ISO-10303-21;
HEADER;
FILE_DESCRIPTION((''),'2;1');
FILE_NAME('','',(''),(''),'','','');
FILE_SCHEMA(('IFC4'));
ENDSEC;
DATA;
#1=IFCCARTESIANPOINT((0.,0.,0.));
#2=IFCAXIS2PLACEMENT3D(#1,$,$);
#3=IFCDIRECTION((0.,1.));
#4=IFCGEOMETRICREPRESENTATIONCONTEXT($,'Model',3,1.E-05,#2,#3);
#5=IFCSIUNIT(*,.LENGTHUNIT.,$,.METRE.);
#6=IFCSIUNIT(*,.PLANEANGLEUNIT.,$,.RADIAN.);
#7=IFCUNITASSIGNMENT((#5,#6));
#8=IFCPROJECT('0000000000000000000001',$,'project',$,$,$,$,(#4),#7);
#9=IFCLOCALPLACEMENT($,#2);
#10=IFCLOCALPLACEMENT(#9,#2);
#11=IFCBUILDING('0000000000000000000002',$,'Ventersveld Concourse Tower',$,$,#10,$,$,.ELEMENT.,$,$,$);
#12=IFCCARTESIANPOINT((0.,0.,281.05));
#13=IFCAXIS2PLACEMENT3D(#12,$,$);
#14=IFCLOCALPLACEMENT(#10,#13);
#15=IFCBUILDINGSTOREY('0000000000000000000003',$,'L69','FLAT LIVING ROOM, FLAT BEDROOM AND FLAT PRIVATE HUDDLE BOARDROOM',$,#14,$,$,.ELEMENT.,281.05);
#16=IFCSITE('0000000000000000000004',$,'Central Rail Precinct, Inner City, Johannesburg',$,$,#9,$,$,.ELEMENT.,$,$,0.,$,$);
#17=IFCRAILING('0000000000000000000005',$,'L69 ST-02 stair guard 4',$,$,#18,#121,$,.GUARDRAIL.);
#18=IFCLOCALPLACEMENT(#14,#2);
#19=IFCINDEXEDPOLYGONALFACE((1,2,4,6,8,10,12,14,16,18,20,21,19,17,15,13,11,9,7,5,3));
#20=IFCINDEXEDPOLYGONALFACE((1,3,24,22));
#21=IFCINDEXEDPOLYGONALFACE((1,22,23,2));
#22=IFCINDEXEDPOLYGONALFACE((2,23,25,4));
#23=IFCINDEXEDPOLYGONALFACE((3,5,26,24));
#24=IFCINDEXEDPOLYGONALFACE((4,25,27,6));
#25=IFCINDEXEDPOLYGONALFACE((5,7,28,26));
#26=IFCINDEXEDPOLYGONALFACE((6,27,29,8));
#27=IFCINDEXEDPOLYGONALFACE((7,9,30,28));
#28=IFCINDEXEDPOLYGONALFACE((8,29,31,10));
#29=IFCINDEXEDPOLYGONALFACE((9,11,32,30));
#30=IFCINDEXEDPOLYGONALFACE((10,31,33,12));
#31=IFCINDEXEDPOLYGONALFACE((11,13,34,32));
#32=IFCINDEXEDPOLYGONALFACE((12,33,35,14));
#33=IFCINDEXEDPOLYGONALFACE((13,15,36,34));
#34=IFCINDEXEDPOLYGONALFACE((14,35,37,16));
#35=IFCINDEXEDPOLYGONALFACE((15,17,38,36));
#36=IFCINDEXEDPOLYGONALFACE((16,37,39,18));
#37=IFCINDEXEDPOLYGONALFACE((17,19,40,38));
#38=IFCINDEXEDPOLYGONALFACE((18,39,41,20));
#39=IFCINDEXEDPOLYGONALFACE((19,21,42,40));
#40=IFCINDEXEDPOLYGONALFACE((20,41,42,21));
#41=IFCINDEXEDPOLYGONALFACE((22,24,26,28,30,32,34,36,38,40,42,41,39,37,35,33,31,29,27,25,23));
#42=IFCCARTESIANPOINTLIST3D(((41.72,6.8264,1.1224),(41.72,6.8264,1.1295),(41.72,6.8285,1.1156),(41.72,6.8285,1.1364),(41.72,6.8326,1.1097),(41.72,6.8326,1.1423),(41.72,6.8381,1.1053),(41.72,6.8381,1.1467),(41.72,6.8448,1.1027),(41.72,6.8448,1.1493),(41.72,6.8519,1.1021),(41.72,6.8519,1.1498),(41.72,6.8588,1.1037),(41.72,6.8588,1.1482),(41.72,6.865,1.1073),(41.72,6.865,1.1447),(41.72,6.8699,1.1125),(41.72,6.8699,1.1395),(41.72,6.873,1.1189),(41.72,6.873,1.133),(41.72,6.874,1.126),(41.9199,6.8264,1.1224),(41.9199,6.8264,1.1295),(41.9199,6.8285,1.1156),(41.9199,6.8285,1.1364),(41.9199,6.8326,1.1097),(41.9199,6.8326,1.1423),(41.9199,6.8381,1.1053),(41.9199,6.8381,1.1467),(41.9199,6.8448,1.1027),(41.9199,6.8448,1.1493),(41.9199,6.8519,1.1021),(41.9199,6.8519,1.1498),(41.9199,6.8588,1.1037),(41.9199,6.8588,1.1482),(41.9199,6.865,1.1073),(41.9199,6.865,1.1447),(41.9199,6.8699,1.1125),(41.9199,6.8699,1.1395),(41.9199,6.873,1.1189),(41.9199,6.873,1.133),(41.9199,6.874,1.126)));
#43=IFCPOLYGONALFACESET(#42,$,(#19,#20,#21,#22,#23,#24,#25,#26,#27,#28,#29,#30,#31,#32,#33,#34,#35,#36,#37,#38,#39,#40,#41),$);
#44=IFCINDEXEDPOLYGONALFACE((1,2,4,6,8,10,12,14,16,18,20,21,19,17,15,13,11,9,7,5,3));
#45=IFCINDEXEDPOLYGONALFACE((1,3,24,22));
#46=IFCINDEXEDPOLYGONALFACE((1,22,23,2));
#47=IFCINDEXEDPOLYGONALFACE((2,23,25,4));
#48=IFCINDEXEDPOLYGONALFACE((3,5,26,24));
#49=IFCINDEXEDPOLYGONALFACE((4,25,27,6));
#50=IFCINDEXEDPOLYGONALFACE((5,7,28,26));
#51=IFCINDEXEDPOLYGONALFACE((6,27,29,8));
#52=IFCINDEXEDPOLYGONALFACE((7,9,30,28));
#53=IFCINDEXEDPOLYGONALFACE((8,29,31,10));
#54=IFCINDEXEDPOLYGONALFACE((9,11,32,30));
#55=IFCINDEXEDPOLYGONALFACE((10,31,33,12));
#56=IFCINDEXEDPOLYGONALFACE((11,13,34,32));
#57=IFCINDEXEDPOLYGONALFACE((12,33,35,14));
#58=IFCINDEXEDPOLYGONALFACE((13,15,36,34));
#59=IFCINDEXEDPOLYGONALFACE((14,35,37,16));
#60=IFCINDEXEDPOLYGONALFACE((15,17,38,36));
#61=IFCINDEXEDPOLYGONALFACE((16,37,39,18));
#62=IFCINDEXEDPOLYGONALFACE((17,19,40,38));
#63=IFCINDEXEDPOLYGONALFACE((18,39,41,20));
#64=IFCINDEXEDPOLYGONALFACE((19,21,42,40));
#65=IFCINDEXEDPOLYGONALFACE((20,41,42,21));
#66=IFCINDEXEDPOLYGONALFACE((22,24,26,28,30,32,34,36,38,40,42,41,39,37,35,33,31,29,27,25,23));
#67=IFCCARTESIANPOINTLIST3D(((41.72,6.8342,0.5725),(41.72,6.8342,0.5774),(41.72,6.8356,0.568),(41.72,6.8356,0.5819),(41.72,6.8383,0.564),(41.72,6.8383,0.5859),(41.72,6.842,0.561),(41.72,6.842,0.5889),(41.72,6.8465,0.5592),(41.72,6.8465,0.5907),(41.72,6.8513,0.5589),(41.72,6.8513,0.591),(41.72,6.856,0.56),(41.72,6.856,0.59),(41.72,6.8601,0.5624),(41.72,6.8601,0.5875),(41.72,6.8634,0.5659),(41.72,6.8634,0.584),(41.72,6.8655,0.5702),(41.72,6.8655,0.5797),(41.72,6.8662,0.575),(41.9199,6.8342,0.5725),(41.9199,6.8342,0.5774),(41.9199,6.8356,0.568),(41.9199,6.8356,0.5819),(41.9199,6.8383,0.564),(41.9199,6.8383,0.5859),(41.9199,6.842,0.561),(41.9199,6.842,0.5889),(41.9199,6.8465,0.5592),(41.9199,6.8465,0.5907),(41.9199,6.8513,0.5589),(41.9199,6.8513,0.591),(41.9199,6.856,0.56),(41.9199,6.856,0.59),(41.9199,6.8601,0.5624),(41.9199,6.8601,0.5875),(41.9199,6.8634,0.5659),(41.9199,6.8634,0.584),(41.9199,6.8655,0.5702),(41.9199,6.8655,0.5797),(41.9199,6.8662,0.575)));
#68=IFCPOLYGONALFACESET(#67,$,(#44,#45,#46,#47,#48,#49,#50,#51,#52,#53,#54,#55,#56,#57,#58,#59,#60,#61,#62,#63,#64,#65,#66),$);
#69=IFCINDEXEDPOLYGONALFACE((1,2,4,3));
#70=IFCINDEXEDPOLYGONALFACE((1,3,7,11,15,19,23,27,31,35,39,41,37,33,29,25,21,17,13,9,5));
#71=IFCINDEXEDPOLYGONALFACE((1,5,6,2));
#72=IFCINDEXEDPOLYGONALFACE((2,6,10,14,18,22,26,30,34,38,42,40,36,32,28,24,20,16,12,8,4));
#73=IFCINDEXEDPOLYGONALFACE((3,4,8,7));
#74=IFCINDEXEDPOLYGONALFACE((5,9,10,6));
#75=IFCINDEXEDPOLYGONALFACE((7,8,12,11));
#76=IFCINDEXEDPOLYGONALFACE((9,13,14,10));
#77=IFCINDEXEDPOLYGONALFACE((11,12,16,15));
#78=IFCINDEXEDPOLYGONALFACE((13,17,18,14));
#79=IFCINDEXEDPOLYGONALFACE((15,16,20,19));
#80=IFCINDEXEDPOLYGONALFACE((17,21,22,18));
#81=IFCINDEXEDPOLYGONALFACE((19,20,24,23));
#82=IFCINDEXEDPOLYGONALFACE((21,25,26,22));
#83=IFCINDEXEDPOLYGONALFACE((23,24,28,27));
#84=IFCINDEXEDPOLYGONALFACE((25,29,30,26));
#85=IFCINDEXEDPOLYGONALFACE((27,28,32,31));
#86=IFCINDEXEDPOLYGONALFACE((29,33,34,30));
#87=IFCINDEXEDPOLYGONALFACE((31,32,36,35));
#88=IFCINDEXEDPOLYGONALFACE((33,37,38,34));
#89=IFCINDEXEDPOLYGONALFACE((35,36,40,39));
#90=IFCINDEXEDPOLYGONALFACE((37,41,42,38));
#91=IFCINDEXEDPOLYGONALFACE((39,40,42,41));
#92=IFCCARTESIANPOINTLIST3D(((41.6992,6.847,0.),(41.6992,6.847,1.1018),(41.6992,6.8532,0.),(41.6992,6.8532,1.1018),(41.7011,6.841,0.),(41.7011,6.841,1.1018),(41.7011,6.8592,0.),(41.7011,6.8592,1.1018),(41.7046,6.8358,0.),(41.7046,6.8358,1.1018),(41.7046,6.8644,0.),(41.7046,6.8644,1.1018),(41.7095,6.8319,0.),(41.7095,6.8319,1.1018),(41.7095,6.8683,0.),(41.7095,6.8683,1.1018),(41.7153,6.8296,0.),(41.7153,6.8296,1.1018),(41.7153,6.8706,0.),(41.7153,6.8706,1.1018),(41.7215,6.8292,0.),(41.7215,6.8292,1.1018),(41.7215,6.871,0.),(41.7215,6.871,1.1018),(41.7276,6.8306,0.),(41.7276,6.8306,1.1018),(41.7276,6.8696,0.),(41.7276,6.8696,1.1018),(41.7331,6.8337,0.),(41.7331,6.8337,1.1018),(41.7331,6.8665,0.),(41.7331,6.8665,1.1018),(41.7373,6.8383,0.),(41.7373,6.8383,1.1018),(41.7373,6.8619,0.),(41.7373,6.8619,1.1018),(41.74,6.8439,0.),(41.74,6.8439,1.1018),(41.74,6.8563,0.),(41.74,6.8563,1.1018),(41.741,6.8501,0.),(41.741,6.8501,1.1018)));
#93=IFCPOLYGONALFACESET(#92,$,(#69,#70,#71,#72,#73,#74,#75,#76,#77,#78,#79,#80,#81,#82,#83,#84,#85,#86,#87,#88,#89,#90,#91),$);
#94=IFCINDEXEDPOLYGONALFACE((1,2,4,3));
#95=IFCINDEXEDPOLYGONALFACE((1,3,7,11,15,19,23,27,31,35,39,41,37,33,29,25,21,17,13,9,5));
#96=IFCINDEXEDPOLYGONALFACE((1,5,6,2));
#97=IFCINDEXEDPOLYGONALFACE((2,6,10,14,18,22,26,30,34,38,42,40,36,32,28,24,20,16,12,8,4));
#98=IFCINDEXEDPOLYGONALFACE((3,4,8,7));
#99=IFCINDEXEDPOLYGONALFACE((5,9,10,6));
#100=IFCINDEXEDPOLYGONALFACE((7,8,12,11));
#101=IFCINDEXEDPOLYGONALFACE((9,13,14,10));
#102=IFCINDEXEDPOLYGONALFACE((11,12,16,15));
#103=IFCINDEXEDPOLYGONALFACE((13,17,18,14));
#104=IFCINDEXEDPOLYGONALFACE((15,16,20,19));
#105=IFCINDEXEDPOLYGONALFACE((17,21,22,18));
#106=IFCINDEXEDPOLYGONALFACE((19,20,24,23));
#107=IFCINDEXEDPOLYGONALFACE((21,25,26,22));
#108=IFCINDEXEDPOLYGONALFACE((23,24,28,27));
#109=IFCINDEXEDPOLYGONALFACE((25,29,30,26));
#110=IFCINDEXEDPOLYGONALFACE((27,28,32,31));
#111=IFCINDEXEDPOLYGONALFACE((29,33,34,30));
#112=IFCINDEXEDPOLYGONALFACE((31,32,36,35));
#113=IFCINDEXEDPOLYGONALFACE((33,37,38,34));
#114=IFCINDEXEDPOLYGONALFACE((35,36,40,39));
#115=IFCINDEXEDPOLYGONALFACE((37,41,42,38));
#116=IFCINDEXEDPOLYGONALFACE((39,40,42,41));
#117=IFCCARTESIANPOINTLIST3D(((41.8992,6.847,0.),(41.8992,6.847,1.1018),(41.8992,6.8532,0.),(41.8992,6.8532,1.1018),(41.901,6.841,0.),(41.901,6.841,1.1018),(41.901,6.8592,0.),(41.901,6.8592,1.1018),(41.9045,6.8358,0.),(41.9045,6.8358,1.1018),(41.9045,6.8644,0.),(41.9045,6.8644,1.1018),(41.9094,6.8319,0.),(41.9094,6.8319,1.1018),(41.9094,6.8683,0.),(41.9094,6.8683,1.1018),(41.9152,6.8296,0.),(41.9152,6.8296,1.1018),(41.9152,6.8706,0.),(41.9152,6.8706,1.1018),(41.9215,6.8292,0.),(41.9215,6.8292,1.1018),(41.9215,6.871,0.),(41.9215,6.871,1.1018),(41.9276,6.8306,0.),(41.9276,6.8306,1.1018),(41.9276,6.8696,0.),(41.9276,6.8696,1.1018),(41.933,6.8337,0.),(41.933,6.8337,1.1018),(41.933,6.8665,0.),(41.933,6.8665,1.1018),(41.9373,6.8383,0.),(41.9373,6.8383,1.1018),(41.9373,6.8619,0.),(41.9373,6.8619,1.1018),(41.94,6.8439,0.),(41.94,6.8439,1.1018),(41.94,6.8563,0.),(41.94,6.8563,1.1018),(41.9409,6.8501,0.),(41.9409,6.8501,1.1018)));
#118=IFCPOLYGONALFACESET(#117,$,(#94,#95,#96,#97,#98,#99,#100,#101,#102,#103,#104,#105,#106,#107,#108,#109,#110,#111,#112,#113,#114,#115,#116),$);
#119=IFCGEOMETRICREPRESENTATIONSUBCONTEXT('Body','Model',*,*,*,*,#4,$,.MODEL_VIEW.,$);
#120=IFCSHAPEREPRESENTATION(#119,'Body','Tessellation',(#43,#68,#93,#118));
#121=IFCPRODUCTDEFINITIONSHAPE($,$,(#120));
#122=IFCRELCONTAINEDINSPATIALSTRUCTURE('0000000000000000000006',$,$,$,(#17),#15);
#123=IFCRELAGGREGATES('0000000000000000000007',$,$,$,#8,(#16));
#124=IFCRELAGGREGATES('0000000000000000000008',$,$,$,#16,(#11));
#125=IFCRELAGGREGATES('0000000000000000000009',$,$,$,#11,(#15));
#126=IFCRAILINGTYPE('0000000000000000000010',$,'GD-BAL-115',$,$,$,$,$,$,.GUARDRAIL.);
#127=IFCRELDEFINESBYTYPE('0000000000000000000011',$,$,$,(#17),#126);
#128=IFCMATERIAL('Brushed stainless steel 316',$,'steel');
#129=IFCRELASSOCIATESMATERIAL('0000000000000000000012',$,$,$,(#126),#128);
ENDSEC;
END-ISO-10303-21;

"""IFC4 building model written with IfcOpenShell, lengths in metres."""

from ifc_helpers import new_model, si_unit, direction, frame, origin, origin_2d, place, context, subcontext, project, spatial, circle, extrude, material, type_object, element, save


model = new_model("IFC4")

# Units and contexts
model_context = context("Model", 3, precision=1e-05, world=origin(), true_north=direction((0.0, 1.0)))
body_context = subcontext(model_context, "Body", "Model", "MODEL_VIEW")
ifc_project = project(units=[si_unit("LENGTHUNIT", "METRE"), si_unit("PLANEANGLEUNIT", "RADIAN")], contexts=[model_context])

# Site, building, storey
site_placement = place(None, origin())
site = spatial("IfcSite", under=ifc_project, at=site_placement, Name="Central Rail Precinct, Inner City, Johannesburg", CompositionType="ELEMENT", RefElevation=0.0)
building_placement = place(site_placement, origin())
building = spatial("IfcBuilding", under=site, at=building_placement, Name="Ventersveld Concourse Tower", CompositionType="ELEMENT")
storey_placement = place(building_placement, frame((0.0, 0.0, 281.05)))
storey = spatial("IfcBuildingStorey", under=building, at=storey_placement, Name="L69", Description="FLAT LIVING ROOM, FLAT BEDROOM AND FLAT PRIVATE HUDDLE BOARDROOM", CompositionType="ELEMENT", Elevation=281.05)

# Shared definitions
ifc_material_1 = material(Name="Brushed stainless steel 316", Category="steel")

# Railing
railing_type_1 = type_object("IfcRailingType", Name="GD-BAL-115", PredefinedType="GUARDRAIL", material=ifc_material_1)
railing_1_placement = place(storey_placement, frame((41.72, 6.8501, 0.0)))
element("IfcRailing", 1, at=railing_1_placement, inside=storey, type_object=railing_type_1, Name="L69 ST-02 stair guard 4", PredefinedType="GUARDRAIL", context=body_context, shape_type="SweptSolid", body=[
    extrude(circle(Radius=0.0239, at=origin_2d()), frame((0.0, 0.0, 1.126), z_axis=(1.0, 0.0, 0.0), x_axis=(0.0, 1.0, 0.0)), (0.0, 0.0, 1.0), 0.2),
    extrude(circle(Radius=0.0161, at=origin_2d()), frame((0.0, 0.0, 0.575), z_axis=(1.0, 0.0, 0.0), x_axis=(0.0, 1.0, 0.0)), (0.0, 0.0, 1.0), 0.2),
    extrude(circle(Radius=0.021, at=origin_2d()), origin(), (0.0, 0.0, 1.0), 1.1018),
    extrude(circle(Radius=0.021, at=origin_2d()), frame((0.2, 0.0, 0.0)), (0.0, 0.0, 1.0), 1.1018),
])

save(model, "model.ifc")
